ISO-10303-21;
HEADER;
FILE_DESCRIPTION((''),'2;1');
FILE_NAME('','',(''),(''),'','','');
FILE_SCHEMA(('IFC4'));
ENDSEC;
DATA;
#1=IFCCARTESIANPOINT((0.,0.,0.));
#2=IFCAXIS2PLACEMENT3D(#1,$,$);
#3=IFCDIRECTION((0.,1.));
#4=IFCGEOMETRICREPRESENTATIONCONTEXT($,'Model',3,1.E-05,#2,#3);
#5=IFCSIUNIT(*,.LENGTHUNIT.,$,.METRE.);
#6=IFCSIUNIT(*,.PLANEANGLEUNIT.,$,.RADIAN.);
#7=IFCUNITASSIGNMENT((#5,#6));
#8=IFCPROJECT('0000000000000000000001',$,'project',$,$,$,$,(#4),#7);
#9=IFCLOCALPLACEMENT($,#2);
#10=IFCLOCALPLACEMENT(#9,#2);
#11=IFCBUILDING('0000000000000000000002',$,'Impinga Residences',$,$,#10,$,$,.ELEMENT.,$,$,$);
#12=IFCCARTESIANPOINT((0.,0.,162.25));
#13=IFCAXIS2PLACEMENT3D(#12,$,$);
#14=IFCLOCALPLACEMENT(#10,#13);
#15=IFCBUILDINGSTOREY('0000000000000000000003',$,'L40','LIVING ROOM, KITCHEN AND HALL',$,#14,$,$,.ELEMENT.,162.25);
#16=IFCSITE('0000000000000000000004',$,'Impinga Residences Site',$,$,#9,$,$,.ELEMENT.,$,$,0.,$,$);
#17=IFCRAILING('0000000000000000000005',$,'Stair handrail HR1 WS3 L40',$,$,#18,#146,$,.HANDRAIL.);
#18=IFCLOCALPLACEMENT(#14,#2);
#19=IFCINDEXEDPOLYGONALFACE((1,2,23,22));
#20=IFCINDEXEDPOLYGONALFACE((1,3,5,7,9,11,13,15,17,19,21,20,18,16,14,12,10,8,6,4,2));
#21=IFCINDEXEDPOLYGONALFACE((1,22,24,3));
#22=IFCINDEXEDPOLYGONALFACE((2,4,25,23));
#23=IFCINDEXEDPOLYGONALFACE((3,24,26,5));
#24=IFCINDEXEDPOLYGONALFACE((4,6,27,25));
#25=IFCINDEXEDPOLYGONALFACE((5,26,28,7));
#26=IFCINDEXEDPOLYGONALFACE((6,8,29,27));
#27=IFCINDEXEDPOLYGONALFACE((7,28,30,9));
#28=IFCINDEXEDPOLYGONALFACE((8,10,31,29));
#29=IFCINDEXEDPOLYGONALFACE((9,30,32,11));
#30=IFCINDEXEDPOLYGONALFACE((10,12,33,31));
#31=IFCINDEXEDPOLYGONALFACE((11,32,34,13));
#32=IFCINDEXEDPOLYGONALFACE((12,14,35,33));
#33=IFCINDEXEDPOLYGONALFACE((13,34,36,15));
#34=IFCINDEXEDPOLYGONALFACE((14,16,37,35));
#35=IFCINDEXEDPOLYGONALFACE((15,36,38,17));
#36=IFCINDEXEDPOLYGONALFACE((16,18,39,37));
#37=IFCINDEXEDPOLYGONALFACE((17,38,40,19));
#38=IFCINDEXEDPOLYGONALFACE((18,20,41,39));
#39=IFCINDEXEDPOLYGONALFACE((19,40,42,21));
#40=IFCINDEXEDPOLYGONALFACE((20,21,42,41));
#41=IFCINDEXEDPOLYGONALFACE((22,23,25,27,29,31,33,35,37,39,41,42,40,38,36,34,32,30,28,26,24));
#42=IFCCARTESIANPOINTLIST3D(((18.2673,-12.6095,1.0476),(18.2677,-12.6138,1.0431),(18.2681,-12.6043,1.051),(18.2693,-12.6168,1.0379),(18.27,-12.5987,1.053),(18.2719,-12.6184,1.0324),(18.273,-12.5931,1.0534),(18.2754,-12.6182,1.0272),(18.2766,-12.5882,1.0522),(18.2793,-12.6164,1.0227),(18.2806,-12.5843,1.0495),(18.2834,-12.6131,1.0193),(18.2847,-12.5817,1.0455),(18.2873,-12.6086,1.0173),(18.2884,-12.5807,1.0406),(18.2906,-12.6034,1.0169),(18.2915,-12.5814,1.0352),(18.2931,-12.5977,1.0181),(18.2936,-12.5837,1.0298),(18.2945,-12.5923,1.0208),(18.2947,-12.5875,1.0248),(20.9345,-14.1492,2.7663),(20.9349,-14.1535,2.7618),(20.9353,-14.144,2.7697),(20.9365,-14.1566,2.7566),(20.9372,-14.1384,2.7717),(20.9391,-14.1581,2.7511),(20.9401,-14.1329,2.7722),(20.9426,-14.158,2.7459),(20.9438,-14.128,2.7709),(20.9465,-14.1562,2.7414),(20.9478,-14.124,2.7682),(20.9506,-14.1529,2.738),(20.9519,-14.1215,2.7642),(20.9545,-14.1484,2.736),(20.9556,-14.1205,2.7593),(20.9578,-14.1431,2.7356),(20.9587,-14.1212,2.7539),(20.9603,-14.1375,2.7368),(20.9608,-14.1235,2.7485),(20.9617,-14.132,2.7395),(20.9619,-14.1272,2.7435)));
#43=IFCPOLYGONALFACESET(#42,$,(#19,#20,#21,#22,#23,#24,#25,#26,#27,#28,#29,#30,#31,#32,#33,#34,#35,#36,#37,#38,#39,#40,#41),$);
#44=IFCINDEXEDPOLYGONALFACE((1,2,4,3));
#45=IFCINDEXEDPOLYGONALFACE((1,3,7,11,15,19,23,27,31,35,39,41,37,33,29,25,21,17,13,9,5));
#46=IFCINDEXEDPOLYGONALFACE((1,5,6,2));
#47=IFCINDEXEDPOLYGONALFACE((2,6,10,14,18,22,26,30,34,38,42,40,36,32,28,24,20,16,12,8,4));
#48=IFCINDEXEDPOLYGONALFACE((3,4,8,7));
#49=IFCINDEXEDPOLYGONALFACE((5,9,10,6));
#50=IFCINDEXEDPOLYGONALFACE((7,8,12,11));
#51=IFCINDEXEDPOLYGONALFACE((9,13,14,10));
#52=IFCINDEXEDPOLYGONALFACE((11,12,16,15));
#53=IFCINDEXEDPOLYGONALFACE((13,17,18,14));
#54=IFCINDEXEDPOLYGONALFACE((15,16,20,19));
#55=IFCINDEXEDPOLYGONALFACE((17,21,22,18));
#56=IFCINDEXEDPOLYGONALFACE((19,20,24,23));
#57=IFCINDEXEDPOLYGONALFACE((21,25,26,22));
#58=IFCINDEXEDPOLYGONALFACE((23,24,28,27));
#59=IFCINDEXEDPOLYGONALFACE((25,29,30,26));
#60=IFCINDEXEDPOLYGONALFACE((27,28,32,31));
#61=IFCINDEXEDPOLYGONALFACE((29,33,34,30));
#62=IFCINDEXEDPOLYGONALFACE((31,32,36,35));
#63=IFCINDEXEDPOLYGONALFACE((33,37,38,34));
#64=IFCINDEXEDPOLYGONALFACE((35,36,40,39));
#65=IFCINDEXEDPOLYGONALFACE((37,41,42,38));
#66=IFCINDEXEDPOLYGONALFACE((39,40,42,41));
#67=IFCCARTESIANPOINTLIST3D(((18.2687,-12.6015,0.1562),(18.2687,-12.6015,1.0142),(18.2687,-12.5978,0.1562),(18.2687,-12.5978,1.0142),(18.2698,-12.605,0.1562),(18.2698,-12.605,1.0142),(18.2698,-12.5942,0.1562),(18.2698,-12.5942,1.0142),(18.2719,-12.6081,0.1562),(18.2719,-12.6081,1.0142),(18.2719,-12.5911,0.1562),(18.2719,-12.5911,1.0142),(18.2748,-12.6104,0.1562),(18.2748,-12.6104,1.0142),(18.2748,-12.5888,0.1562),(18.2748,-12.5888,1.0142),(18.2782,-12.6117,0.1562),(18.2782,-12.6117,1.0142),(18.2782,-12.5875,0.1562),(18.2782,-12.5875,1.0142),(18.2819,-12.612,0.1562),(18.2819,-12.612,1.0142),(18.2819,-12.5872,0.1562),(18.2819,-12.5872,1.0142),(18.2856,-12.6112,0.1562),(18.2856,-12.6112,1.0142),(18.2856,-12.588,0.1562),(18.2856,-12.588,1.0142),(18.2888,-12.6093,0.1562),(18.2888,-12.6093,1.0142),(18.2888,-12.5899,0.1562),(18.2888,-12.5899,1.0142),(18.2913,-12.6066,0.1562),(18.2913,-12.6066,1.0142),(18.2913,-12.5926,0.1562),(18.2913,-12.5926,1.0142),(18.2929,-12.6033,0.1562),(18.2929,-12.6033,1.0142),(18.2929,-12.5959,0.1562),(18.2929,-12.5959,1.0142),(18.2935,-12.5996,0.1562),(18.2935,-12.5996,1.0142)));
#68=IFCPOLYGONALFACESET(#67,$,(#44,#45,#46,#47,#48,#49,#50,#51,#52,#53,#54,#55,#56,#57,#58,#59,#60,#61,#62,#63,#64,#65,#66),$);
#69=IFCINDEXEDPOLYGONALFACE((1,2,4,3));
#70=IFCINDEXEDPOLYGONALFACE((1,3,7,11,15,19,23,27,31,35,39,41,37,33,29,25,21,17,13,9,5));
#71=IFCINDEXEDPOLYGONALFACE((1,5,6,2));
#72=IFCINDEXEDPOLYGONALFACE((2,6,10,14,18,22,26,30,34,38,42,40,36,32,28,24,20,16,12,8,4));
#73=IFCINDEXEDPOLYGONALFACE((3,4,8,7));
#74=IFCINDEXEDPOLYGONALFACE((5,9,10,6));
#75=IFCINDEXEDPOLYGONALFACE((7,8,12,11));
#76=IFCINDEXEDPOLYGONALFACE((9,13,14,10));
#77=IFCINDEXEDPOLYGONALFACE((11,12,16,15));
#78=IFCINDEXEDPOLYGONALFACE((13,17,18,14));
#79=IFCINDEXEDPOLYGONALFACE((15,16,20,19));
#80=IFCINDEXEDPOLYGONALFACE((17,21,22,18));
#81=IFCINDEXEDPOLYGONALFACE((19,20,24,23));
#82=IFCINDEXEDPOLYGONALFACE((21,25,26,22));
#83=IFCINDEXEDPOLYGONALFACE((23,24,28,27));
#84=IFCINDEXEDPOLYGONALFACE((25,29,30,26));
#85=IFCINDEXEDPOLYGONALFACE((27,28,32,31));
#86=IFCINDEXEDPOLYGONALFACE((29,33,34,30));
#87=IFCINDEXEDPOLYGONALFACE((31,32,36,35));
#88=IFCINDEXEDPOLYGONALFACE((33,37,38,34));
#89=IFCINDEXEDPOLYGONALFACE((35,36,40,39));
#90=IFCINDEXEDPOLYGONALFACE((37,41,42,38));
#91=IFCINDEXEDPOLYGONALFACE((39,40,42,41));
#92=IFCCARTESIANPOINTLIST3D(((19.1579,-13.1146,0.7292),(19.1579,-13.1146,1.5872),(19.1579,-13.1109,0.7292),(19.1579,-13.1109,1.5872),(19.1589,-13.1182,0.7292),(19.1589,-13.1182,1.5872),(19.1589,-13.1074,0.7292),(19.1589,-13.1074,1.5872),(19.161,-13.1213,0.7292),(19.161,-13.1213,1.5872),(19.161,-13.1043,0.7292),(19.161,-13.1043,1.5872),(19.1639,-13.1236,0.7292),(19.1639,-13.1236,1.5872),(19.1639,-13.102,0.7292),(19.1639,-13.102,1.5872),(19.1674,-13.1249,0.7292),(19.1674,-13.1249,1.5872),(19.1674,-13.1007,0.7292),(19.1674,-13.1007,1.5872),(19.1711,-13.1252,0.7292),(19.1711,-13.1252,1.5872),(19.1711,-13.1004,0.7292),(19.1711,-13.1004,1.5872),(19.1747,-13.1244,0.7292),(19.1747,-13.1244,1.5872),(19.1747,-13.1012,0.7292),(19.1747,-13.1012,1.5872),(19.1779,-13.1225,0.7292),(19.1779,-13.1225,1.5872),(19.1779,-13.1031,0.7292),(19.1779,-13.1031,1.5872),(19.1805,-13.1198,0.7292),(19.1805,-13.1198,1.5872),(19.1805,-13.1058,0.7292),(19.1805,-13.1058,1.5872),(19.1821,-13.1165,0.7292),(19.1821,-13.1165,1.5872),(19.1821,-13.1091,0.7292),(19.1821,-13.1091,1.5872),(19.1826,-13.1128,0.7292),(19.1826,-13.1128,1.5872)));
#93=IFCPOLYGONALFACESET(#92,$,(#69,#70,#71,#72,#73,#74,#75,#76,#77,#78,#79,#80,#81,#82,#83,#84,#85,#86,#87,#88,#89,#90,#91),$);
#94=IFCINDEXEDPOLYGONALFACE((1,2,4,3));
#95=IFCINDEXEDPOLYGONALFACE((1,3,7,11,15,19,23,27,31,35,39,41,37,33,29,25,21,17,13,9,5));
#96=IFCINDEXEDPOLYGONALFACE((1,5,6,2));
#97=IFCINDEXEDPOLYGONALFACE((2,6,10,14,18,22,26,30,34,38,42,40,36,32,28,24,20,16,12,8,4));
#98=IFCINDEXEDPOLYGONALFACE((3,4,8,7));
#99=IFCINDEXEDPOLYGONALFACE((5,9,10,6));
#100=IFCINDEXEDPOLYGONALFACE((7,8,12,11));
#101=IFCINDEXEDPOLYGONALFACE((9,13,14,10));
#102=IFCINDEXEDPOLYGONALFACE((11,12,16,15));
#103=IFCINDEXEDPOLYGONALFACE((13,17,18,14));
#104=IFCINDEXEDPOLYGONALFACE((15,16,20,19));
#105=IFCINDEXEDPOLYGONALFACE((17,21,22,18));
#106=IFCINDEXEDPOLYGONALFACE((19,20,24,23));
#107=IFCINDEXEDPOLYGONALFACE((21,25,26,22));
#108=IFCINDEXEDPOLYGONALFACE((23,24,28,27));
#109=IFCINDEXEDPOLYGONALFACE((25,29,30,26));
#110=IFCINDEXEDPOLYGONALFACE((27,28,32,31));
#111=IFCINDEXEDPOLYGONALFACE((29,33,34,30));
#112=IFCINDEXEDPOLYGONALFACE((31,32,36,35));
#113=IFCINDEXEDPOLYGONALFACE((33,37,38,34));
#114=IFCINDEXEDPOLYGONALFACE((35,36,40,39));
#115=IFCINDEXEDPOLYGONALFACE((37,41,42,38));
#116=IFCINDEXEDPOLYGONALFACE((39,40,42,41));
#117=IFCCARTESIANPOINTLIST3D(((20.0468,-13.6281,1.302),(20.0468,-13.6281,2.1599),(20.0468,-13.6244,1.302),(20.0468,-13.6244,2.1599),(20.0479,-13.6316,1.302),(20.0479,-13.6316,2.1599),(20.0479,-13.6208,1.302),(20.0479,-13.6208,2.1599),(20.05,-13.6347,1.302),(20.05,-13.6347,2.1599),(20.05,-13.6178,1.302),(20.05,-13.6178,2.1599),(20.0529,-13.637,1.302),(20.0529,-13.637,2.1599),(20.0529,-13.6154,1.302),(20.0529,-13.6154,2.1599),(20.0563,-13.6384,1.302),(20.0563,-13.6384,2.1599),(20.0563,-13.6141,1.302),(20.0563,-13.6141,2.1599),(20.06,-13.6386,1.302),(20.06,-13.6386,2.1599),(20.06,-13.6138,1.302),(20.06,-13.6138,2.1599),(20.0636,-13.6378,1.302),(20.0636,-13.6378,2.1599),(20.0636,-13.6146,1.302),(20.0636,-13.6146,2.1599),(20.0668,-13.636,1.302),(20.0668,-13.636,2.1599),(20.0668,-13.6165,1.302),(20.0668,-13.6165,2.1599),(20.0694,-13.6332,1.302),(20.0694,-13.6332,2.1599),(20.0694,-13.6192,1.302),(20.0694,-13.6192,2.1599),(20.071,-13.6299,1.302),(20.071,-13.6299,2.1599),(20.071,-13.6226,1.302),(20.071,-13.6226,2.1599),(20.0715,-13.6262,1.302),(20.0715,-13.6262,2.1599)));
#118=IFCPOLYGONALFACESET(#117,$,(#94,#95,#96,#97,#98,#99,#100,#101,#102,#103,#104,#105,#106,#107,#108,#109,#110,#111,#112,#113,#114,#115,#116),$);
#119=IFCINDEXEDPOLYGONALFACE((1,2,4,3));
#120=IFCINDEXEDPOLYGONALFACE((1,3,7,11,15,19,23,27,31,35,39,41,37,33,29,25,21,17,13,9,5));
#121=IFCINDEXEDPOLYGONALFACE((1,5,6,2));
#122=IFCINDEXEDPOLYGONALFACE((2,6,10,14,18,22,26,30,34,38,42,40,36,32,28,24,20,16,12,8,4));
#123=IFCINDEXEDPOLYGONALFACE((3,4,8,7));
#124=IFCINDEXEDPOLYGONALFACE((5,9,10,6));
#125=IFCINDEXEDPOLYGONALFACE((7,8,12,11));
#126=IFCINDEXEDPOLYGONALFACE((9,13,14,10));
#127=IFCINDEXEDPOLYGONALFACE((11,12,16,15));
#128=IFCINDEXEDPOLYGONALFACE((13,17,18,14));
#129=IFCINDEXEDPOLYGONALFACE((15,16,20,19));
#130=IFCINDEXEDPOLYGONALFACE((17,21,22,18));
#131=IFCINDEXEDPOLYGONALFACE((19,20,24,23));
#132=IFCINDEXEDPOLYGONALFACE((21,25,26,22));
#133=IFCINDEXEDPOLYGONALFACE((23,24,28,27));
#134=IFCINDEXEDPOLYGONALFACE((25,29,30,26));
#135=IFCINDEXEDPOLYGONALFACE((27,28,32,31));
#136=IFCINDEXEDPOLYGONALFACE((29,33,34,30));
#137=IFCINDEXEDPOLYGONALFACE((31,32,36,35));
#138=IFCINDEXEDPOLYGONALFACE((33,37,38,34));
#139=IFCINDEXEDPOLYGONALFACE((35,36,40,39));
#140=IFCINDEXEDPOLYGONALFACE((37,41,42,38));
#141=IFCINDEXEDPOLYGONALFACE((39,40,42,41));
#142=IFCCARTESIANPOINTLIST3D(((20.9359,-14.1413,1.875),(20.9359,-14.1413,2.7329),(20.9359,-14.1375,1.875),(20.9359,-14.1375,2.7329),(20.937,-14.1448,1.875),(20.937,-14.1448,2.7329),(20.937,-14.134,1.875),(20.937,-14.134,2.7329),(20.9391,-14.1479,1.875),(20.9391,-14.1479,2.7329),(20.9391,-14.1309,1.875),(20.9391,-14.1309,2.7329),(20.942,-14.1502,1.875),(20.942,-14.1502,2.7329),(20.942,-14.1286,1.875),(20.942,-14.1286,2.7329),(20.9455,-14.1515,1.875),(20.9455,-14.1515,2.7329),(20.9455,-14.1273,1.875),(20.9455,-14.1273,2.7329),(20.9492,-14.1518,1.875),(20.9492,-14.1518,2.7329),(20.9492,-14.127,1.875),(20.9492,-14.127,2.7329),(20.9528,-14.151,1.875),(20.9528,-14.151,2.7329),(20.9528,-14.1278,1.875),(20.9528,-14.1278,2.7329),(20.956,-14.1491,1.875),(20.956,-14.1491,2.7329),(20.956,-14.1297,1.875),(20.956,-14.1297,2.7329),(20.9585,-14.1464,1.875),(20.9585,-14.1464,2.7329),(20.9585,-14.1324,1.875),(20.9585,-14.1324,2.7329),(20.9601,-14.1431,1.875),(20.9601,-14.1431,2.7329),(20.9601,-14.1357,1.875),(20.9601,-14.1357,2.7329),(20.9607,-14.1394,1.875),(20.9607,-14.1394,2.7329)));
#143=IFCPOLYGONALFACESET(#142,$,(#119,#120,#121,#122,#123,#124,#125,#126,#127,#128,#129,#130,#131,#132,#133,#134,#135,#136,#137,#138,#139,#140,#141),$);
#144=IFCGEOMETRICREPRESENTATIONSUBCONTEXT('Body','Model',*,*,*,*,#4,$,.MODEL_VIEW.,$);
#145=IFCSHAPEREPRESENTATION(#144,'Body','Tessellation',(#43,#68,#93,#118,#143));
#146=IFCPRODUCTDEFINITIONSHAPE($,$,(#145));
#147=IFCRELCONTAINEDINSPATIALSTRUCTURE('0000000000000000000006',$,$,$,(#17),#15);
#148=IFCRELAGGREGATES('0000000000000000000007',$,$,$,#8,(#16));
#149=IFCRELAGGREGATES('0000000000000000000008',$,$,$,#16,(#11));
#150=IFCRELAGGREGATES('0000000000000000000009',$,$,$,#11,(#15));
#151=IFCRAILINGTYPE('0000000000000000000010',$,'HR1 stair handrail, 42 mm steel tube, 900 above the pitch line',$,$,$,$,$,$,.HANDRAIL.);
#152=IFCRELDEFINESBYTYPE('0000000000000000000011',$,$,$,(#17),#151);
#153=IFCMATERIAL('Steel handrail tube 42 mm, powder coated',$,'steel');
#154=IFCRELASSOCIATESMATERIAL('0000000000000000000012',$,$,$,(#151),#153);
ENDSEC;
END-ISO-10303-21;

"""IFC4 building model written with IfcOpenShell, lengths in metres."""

from ifc_helpers import new_model, si_unit, direction, frame, origin, origin_2d, place, context, subcontext, project, spatial, circle, extrude, material, type_object, element, save


model = new_model("IFC4")

# Units and contexts
model_context = context("Model", 3, precision=1e-05, world=origin(), true_north=direction((0.0, 1.0)))
body_context = subcontext(model_context, "Body", "Model", "MODEL_VIEW")
ifc_project = project(units=[si_unit("LENGTHUNIT", "METRE"), si_unit("PLANEANGLEUNIT", "RADIAN")], contexts=[model_context])

# Site, building, storey
site_placement = place(None, origin())
site = spatial("IfcSite", under=ifc_project, at=site_placement, Name="Impinga Residences Site", CompositionType="ELEMENT", RefElevation=0.0)
building_placement = place(site_placement, origin())
building = spatial("IfcBuilding", under=site, at=building_placement, Name="Impinga Residences", CompositionType="ELEMENT")
storey_placement = place(building_placement, frame((0.0, 0.0, 162.25)))
storey = spatial("IfcBuildingStorey", under=building, at=storey_placement, Name="L40", Description="LIVING ROOM, KITCHEN AND HALL", CompositionType="ELEMENT", Elevation=162.25)

# Railing
ifc_material_1 = material(Name="Steel handrail tube 42 mm, powder coated", Category="steel")
railing_type_1 = type_object("IfcRailingType", Name="HR1 stair handrail, 42 mm steel tube, 900 above the pitch line", PredefinedType="HANDRAIL", material=ifc_material_1)
railing_1_placement = place(storey_placement, frame((18.281, -12.5996, 0.1562)))
element("IfcRailing", 1, at=railing_1_placement, inside=storey, type_object=railing_type_1, Name="Stair handrail HR1 WS3 L40", PredefinedType="HANDRAIL", context=body_context, shape_type="SweptSolid", body=[
    extrude(circle(Radius=0.021, at=origin_2d()), frame((0.0, 0.0, 0.8789), z_axis=(0.756249, -0.436582, 0.487322), x_axis=(0.499967, 0.866044, 0.0)), (0.0, 0.0, 1.0), 3.5269),
    extrude(circle(Radius=0.0125, at=origin_2d()), origin(), (0.0, 0.0, 1.0), 0.8579),
    extrude(circle(Radius=0.0125, at=origin_2d()), frame((0.8892, -0.5132, 0.573)), (0.0, 0.0, 1.0), 0.8579),
    extrude(circle(Radius=0.0125, at=origin_2d()), frame((1.7781, -1.0266, 1.1458)), (0.0, 0.0, 1.0), 0.8579),
    extrude(circle(Radius=0.0125, at=origin_2d()), frame((2.6672, -1.5398, 1.7188)), (0.0, 0.0, 1.0), 0.8579),
])

save(model, "model.ifc")
